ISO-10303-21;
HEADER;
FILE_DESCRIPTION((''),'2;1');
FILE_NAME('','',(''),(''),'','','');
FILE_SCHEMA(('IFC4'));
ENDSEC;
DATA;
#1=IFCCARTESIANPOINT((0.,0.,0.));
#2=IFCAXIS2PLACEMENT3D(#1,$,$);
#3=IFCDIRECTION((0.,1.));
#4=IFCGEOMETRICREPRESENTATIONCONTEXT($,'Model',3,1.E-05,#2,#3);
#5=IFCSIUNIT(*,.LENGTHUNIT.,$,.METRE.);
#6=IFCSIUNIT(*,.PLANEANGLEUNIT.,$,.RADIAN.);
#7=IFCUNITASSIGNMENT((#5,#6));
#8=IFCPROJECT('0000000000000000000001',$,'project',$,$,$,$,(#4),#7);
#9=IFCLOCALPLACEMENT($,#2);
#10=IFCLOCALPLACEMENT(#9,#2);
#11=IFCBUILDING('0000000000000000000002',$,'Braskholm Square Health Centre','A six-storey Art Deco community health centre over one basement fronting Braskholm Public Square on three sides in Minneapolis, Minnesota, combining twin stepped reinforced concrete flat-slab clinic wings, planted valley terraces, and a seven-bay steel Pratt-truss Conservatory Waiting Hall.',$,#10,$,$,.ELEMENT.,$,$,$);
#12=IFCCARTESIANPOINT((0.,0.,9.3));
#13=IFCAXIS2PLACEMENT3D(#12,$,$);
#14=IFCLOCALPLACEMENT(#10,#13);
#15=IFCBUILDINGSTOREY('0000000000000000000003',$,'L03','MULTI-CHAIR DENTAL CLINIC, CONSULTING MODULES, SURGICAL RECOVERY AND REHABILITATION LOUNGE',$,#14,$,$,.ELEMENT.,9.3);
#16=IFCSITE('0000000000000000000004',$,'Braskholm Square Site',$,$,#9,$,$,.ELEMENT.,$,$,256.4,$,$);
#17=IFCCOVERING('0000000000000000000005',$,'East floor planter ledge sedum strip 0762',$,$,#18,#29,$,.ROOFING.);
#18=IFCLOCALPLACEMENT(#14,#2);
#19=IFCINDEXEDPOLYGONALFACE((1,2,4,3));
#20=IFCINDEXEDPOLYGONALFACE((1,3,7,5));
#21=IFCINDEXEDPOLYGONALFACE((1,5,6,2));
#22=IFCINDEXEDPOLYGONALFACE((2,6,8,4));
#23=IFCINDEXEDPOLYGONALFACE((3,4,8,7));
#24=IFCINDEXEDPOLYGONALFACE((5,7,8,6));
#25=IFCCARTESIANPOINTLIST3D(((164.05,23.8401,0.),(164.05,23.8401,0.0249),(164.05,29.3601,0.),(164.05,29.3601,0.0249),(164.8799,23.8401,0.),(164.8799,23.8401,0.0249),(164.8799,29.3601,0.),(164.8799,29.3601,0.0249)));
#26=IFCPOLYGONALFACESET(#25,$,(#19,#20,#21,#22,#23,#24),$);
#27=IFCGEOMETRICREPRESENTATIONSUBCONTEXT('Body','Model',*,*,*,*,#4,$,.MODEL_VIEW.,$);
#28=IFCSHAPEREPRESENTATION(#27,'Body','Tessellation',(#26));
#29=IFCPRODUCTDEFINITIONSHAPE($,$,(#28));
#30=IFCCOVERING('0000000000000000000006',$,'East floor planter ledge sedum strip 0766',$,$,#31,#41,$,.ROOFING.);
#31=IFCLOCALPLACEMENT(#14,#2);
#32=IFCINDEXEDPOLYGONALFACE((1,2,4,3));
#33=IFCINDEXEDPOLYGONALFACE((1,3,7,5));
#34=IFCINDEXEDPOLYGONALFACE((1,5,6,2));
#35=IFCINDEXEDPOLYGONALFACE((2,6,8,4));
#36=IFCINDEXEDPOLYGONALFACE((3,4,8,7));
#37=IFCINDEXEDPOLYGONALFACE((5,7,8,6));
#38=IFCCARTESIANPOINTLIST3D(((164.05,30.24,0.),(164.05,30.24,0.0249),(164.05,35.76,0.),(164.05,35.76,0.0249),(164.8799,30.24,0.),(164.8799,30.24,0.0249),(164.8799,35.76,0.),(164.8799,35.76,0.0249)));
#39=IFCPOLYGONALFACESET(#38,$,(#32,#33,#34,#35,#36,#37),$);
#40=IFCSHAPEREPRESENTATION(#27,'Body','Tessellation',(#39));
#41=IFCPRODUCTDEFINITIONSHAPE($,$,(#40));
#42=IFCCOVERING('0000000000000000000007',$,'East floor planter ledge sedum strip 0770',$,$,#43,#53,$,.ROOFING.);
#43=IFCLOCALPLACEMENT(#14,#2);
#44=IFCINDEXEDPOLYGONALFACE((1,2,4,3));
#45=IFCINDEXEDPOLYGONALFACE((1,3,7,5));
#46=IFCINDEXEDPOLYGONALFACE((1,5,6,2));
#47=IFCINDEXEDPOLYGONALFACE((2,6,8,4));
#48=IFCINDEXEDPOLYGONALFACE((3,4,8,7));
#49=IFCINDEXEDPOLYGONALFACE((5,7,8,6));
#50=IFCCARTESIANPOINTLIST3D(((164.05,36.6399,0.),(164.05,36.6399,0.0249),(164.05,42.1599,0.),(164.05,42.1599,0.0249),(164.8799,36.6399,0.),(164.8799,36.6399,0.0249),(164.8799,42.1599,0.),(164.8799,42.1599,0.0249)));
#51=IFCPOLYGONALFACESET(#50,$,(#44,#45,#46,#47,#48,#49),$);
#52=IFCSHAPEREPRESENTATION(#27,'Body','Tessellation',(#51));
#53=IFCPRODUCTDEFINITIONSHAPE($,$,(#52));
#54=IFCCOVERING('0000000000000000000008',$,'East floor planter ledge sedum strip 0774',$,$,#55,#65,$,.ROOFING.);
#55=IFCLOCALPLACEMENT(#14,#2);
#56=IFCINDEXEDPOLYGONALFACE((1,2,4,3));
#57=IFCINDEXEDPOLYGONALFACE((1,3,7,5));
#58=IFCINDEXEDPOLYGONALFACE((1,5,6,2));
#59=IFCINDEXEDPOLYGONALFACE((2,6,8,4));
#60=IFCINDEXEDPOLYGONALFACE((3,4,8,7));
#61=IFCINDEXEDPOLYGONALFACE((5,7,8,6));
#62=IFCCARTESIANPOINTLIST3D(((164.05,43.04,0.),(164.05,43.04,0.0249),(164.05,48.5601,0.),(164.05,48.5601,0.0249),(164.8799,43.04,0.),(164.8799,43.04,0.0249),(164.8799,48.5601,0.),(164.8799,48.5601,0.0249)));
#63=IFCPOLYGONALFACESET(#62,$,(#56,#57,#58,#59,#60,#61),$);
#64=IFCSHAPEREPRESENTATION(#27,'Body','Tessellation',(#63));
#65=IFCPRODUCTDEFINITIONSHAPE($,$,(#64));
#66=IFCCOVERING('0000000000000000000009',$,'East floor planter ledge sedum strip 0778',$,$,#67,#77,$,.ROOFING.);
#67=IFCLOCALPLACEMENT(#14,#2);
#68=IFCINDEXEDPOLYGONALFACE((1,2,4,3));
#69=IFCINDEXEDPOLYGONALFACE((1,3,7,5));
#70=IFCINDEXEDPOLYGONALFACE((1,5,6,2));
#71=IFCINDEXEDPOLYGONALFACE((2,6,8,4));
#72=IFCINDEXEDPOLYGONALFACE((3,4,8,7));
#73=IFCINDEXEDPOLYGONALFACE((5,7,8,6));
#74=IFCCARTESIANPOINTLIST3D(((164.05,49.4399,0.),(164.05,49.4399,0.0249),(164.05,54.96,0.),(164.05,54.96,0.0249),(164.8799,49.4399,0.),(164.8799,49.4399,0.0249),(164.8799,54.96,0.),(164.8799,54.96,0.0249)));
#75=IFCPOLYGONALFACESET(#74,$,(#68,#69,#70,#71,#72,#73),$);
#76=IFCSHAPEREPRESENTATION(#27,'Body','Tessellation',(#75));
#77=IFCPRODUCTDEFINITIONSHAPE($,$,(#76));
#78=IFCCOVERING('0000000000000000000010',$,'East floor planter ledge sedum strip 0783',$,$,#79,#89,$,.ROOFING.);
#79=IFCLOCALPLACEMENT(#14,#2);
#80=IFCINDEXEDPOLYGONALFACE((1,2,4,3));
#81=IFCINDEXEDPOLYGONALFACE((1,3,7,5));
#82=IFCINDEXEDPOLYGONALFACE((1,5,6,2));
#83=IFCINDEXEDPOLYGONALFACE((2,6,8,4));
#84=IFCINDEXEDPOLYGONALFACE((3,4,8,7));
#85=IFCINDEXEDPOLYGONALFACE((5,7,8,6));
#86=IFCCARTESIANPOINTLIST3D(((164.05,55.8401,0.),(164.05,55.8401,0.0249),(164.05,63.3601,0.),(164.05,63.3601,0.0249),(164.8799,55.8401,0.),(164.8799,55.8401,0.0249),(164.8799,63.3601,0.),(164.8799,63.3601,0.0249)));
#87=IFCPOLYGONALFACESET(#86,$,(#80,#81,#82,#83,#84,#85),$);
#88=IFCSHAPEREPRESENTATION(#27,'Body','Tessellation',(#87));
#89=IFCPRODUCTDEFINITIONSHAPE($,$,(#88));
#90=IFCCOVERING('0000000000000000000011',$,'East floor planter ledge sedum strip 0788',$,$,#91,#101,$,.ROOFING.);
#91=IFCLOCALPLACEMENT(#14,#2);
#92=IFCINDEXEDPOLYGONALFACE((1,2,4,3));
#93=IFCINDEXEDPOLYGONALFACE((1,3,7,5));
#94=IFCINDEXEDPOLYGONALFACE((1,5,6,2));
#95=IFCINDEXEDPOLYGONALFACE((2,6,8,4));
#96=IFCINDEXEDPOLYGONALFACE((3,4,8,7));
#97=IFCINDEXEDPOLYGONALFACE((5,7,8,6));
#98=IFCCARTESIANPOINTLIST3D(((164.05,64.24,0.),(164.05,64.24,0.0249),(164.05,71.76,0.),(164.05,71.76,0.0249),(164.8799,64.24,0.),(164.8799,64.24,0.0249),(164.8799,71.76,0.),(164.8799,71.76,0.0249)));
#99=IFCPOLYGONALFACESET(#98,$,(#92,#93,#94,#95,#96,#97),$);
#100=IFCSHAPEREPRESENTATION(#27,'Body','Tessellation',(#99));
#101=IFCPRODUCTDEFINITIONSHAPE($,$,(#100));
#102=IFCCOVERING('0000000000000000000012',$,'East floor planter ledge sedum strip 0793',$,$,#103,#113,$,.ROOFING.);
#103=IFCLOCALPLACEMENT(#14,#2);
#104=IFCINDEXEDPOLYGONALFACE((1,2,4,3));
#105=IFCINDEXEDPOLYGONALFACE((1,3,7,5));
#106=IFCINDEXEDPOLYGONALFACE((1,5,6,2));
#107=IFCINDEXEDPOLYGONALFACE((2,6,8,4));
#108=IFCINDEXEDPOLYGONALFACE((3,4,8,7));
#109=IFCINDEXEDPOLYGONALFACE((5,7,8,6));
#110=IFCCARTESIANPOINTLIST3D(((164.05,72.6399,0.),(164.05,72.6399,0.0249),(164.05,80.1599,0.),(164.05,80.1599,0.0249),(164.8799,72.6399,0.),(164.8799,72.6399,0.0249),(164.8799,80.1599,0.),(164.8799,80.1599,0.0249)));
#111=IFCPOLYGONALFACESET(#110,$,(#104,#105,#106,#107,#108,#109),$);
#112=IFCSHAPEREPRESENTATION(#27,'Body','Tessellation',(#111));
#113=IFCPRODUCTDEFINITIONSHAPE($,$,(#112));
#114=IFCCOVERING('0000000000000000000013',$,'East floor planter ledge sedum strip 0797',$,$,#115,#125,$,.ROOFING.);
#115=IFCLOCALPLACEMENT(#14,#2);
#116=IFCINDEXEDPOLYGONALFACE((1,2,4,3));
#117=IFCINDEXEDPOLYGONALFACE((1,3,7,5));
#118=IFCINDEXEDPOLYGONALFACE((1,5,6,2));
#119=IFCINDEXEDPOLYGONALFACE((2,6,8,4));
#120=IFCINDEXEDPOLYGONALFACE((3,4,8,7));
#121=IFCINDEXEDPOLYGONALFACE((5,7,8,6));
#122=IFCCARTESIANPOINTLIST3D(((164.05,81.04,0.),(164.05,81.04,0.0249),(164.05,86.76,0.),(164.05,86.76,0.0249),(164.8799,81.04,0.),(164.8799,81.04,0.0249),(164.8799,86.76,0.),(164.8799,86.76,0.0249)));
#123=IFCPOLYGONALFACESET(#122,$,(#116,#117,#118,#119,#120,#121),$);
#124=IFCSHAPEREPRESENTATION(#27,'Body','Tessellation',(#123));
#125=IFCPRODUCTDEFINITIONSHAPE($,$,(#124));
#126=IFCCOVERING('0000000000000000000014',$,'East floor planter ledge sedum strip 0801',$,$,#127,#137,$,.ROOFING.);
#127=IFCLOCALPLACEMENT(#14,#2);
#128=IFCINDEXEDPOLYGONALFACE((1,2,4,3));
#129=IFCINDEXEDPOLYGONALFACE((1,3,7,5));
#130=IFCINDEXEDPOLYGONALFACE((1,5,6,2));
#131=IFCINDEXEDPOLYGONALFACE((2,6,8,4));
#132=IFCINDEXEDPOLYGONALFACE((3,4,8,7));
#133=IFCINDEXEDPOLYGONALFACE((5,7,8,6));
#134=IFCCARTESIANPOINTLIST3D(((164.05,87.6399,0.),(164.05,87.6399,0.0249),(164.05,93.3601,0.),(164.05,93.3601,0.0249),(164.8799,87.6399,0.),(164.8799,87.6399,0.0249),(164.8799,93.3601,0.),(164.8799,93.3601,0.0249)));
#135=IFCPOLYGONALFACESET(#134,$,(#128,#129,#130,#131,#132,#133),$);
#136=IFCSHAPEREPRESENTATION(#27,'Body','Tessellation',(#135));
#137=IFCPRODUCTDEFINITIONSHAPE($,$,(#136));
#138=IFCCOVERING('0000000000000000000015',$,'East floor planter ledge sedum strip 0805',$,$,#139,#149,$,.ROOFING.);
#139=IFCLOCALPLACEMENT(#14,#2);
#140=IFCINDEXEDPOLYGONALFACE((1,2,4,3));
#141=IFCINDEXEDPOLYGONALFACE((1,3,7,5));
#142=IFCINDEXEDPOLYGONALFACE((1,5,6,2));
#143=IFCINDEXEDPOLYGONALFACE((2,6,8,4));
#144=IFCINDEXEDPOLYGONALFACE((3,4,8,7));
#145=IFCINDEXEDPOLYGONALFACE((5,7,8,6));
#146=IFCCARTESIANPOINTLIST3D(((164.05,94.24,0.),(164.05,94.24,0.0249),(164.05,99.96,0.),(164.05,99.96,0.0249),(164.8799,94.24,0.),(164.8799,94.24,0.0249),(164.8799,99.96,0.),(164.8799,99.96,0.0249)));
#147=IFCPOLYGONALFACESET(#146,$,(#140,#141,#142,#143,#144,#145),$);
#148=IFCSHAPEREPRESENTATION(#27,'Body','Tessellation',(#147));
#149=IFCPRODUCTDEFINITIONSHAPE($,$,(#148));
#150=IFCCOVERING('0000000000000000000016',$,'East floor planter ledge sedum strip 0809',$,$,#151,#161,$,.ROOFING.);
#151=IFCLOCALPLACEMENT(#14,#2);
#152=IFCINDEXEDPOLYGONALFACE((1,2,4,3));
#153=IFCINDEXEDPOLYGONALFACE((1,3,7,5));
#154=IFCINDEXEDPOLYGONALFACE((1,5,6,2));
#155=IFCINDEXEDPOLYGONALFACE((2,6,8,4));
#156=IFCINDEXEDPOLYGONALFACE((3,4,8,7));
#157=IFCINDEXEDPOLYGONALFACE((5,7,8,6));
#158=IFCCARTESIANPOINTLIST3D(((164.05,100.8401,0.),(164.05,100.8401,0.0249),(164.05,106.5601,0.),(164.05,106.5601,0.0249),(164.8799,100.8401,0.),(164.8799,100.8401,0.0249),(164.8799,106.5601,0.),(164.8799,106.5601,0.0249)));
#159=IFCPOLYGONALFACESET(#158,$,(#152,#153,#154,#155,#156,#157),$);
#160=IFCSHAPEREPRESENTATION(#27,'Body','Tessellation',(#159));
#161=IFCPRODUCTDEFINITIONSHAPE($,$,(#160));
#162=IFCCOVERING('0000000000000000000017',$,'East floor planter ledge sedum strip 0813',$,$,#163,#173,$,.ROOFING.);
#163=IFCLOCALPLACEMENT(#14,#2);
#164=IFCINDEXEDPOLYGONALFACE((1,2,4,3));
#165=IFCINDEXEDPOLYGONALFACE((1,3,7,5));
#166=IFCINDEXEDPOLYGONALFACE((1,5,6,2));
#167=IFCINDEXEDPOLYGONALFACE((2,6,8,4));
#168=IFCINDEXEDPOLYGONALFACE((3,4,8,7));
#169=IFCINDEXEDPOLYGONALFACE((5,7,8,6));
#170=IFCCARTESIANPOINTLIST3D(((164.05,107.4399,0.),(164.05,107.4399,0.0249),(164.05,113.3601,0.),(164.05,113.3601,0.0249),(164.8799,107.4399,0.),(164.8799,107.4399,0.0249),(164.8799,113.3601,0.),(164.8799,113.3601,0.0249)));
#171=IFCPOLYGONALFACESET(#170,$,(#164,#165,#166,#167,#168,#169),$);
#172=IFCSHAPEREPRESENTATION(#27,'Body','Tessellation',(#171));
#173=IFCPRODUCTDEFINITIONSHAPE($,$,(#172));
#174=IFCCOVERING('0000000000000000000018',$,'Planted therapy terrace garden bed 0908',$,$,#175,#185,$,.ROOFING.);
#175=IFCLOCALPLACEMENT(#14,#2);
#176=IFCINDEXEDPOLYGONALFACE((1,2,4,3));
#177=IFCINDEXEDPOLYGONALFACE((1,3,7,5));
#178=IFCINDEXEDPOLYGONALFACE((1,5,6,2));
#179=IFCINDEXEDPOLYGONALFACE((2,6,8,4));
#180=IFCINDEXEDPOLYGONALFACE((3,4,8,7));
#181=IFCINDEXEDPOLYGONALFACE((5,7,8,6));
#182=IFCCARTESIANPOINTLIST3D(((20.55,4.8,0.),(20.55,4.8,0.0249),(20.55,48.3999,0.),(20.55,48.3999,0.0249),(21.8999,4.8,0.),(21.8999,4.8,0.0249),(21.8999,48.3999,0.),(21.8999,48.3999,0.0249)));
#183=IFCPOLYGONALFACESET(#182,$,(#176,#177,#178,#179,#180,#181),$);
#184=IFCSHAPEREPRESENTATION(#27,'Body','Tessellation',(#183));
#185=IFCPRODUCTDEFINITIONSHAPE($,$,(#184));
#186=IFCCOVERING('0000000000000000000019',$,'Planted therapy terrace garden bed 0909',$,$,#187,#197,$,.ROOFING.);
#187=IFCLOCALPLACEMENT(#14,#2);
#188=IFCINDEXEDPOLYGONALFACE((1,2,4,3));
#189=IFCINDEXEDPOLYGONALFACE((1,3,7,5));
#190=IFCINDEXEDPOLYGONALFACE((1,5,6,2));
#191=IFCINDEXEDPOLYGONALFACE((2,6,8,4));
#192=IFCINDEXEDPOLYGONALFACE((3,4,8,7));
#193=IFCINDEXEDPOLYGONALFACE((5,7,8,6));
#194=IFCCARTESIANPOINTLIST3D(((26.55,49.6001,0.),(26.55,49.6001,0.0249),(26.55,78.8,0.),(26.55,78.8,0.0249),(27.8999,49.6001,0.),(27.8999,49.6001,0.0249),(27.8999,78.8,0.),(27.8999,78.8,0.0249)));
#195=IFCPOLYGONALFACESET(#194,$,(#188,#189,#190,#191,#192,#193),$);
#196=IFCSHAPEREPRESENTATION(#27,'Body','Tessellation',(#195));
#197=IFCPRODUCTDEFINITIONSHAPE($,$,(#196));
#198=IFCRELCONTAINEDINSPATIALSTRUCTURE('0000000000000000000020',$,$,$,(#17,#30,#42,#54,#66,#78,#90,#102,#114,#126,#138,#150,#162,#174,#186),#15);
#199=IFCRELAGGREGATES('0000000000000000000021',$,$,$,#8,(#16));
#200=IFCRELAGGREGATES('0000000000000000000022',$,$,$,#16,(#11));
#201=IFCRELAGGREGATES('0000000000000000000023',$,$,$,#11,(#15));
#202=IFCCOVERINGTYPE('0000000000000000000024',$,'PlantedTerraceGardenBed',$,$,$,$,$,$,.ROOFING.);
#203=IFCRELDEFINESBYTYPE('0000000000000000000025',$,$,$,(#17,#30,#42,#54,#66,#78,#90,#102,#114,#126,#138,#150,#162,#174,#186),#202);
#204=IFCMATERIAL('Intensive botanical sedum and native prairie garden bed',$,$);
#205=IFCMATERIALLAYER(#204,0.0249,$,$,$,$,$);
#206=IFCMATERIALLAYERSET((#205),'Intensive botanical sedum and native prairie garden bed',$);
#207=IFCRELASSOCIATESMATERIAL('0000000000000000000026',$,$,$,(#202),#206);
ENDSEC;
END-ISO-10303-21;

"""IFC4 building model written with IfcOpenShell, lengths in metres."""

from ifc_helpers import new_model, si_unit, direction, frame, origin, place, context, subcontext, project, spatial, polyline, outline, extrude, material, layer, layer_set, type_object, element, save


model = new_model("IFC4")

# Units and contexts
model_context = context("Model", 3, precision=1e-05, world=origin(), true_north=direction((0.0, 1.0)))
body_context = subcontext(model_context, "Body", "Model", "MODEL_VIEW")
ifc_project = project(units=[si_unit("LENGTHUNIT", "METRE"), si_unit("PLANEANGLEUNIT", "RADIAN")], contexts=[model_context])

# Site, building, storey
site_placement = place(None, origin())
site = spatial("IfcSite", under=ifc_project, at=site_placement, Name="Braskholm Square Site", CompositionType="ELEMENT", RefElevation=256.4)
building_placement = place(site_placement, origin())
building = spatial("IfcBuilding", under=site, at=building_placement, Name="Braskholm Square Health Centre", Description="A six-storey Art Deco community health centre over one basement fronting Braskholm Public Square on three sides in Minneapolis, Minnesota, combining twin stepped reinforced concrete flat-slab clinic wings, planted valley terraces, and a seven-bay steel Pratt-truss Conservatory Waiting Hall.", CompositionType="ELEMENT")
storey_placement = place(building_placement, frame((0.0, 0.0, 9.3)))
storey = spatial("IfcBuildingStorey", under=building, at=storey_placement, Name="L03", Description="MULTI-CHAIR DENTAL CLINIC, CONSULTING MODULES, SURGICAL RECOVERY AND REHABILITATION LOUNGE", CompositionType="ELEMENT", Elevation=9.3)

# Coverings
ifc_material = material(Name="Intensive botanical sedum and native prairie garden bed")
ifc_layer = layer(ifc_material, 0.0249)
ifc_layer_set = layer_set([ifc_layer], Name="Intensive botanical sedum and native prairie garden bed")
covering_type = type_object("IfcCoveringType", Name="PlantedTerraceGardenBed", PredefinedType="ROOFING", material=ifc_layer_set)
covering_1_placement = place(storey_placement, origin())
element("IfcCovering", 1, at=covering_1_placement, inside=storey, type_object=covering_type, Name="East floor planter ledge sedum strip 0762", PredefinedType="ROOFING", context=body_context, shape_type="SweptSolid", body=[
    extrude(outline(polyline([(164.05, 23.8401), (164.8799, 23.8401), (164.8799, 29.3601), (164.05, 29.3601), (164.05, 23.8401)])), origin(), (0.0, 0.0, 1.0), 0.0249),
])
covering_2_placement = place(storey_placement, origin())
element("IfcCovering", 2, at=covering_2_placement, inside=storey, type_object=covering_type, Name="East floor planter ledge sedum strip 0766", PredefinedType="ROOFING", context=body_context, shape_type="SweptSolid", body=[
    extrude(outline(polyline([(164.05, 30.24), (164.8799, 30.24), (164.8799, 35.76), (164.05, 35.76), (164.05, 30.24)])), origin(), (0.0, 0.0, 1.0), 0.0249),
])
covering_3_placement = place(storey_placement, origin())
element("IfcCovering", 3, at=covering_3_placement, inside=storey, type_object=covering_type, Name="East floor planter ledge sedum strip 0770", PredefinedType="ROOFING", context=body_context, shape_type="SweptSolid", body=[
    extrude(outline(polyline([(164.05, 36.6399), (164.8799, 36.6399), (164.8799, 42.1599), (164.05, 42.1599), (164.05, 36.6399)])), origin(), (0.0, 0.0, 1.0), 0.0249),
])
covering_4_placement = place(storey_placement, origin())
element("IfcCovering", 4, at=covering_4_placement, inside=storey, type_object=covering_type, Name="East floor planter ledge sedum strip 0774", PredefinedType="ROOFING", context=body_context, shape_type="SweptSolid", body=[
    extrude(outline(polyline([(164.05, 43.04), (164.8799, 43.04), (164.8799, 48.5601), (164.05, 48.5601), (164.05, 43.04)])), origin(), (0.0, 0.0, 1.0), 0.0249),
])
covering_5_placement = place(storey_placement, origin())
element("IfcCovering", 5, at=covering_5_placement, inside=storey, type_object=covering_type, Name="East floor planter ledge sedum strip 0778", PredefinedType="ROOFING", context=body_context, shape_type="SweptSolid", body=[
    extrude(outline(polyline([(164.05, 49.4399), (164.8799, 49.4399), (164.8799, 54.96), (164.05, 54.96), (164.05, 49.4399)])), origin(), (0.0, 0.0, 1.0), 0.0249),
])
covering_6_placement = place(storey_placement, origin())
element("IfcCovering", 6, at=covering_6_placement, inside=storey, type_object=covering_type, Name="East floor planter ledge sedum strip 0783", PredefinedType="ROOFING", context=body_context, shape_type="SweptSolid", body=[
    extrude(outline(polyline([(164.05, 55.8401), (164.8799, 55.8401), (164.8799, 63.3601), (164.05, 63.3601), (164.05, 55.8401)])), origin(), (0.0, 0.0, 1.0), 0.0249),
])
covering_7_placement = place(storey_placement, origin())
element("IfcCovering", 7, at=covering_7_placement, inside=storey, type_object=covering_type, Name="East floor planter ledge sedum strip 0788", PredefinedType="ROOFING", context=body_context, shape_type="SweptSolid", body=[
    extrude(outline(polyline([(164.05, 64.24), (164.8799, 64.24), (164.8799, 71.76), (164.05, 71.76), (164.05, 64.24)])), origin(), (0.0, 0.0, 1.0), 0.0249),
])
covering_8_placement = place(storey_placement, origin())
element("IfcCovering", 8, at=covering_8_placement, inside=storey, type_object=covering_type, Name="East floor planter ledge sedum strip 0793", PredefinedType="ROOFING", context=body_context, shape_type="SweptSolid", body=[
    extrude(outline(polyline([(164.05, 72.6399), (164.8799, 72.6399), (164.8799, 80.1599), (164.05, 80.1599), (164.05, 72.6399)])), origin(), (0.0, 0.0, 1.0), 0.0249),
])
covering_9_placement = place(storey_placement, origin())
element("IfcCovering", 9, at=covering_9_placement, inside=storey, type_object=covering_type, Name="East floor planter ledge sedum strip 0797", PredefinedType="ROOFING", context=body_context, shape_type="SweptSolid", body=[
    extrude(outline(polyline([(164.05, 81.04), (164.8799, 81.04), (164.8799, 86.76), (164.05, 86.76), (164.05, 81.04)])), origin(), (0.0, 0.0, 1.0), 0.0249),
])
covering_10_placement = place(storey_placement, origin())
element("IfcCovering", 10, at=covering_10_placement, inside=storey, type_object=covering_type, Name="East floor planter ledge sedum strip 0801", PredefinedType="ROOFING", context=body_context, shape_type="SweptSolid", body=[
    extrude(outline(polyline([(164.05, 87.6399), (164.8799, 87.6399), (164.8799, 93.3601), (164.05, 93.3601), (164.05, 87.6399)])), origin(), (0.0, 0.0, 1.0), 0.0249),
])
covering_11_placement = place(storey_placement, origin())
element("IfcCovering", 11, at=covering_11_placement, inside=storey, type_object=covering_type, Name="East floor planter ledge sedum strip 0805", PredefinedType="ROOFING", context=body_context, shape_type="SweptSolid", body=[
    extrude(outline(polyline([(164.05, 94.24), (164.8799, 94.24), (164.8799, 99.96), (164.05, 99.96), (164.05, 94.24)])), origin(), (0.0, 0.0, 1.0), 0.0249),
])
covering_12_placement = place(storey_placement, origin())
element("IfcCovering", 12, at=covering_12_placement, inside=storey, type_object=covering_type, Name="East floor planter ledge sedum strip 0809", PredefinedType="ROOFING", context=body_context, shape_type="SweptSolid", body=[
    extrude(outline(polyline([(164.05, 100.8401), (164.8799, 100.8401), (164.8799, 106.5601), (164.05, 106.5601), (164.05, 100.8401)])), origin(), (0.0, 0.0, 1.0), 0.0249),
])
covering_13_placement = place(storey_placement, origin())
element("IfcCovering", 13, at=covering_13_placement, inside=storey, type_object=covering_type, Name="East floor planter ledge sedum strip 0813", PredefinedType="ROOFING", context=body_context, shape_type="SweptSolid", body=[
    extrude(outline(polyline([(164.05, 107.4399), (164.8799, 107.4399), (164.8799, 113.3601), (164.05, 113.3601), (164.05, 107.4399)])), origin(), (0.0, 0.0, 1.0), 0.0249),
])
covering_14_placement = place(storey_placement, origin())
element("IfcCovering", 14, at=covering_14_placement, inside=storey, type_object=covering_type, Name="Planted therapy terrace garden bed 0908", PredefinedType="ROOFING", context=body_context, shape_type="SweptSolid", body=[
    extrude(outline(polyline([(20.55, 4.8), (21.8999, 4.8), (21.8999, 48.3999), (20.55, 48.3999), (20.55, 4.8)])), origin(), (0.0, 0.0, 1.0), 0.0249),
])
covering_15_placement = place(storey_placement, origin())
element("IfcCovering", 15, at=covering_15_placement, inside=storey, type_object=covering_type, Name="Planted therapy terrace garden bed 0909", PredefinedType="ROOFING", context=body_context, shape_type="SweptSolid", body=[
    extrude(outline(polyline([(26.55, 49.6001), (27.8999, 49.6001), (27.8999, 78.8), (26.55, 78.8), (26.55, 49.6001)])), origin(), (0.0, 0.0, 1.0), 0.0249),
])

save(model, "model.ifc")
